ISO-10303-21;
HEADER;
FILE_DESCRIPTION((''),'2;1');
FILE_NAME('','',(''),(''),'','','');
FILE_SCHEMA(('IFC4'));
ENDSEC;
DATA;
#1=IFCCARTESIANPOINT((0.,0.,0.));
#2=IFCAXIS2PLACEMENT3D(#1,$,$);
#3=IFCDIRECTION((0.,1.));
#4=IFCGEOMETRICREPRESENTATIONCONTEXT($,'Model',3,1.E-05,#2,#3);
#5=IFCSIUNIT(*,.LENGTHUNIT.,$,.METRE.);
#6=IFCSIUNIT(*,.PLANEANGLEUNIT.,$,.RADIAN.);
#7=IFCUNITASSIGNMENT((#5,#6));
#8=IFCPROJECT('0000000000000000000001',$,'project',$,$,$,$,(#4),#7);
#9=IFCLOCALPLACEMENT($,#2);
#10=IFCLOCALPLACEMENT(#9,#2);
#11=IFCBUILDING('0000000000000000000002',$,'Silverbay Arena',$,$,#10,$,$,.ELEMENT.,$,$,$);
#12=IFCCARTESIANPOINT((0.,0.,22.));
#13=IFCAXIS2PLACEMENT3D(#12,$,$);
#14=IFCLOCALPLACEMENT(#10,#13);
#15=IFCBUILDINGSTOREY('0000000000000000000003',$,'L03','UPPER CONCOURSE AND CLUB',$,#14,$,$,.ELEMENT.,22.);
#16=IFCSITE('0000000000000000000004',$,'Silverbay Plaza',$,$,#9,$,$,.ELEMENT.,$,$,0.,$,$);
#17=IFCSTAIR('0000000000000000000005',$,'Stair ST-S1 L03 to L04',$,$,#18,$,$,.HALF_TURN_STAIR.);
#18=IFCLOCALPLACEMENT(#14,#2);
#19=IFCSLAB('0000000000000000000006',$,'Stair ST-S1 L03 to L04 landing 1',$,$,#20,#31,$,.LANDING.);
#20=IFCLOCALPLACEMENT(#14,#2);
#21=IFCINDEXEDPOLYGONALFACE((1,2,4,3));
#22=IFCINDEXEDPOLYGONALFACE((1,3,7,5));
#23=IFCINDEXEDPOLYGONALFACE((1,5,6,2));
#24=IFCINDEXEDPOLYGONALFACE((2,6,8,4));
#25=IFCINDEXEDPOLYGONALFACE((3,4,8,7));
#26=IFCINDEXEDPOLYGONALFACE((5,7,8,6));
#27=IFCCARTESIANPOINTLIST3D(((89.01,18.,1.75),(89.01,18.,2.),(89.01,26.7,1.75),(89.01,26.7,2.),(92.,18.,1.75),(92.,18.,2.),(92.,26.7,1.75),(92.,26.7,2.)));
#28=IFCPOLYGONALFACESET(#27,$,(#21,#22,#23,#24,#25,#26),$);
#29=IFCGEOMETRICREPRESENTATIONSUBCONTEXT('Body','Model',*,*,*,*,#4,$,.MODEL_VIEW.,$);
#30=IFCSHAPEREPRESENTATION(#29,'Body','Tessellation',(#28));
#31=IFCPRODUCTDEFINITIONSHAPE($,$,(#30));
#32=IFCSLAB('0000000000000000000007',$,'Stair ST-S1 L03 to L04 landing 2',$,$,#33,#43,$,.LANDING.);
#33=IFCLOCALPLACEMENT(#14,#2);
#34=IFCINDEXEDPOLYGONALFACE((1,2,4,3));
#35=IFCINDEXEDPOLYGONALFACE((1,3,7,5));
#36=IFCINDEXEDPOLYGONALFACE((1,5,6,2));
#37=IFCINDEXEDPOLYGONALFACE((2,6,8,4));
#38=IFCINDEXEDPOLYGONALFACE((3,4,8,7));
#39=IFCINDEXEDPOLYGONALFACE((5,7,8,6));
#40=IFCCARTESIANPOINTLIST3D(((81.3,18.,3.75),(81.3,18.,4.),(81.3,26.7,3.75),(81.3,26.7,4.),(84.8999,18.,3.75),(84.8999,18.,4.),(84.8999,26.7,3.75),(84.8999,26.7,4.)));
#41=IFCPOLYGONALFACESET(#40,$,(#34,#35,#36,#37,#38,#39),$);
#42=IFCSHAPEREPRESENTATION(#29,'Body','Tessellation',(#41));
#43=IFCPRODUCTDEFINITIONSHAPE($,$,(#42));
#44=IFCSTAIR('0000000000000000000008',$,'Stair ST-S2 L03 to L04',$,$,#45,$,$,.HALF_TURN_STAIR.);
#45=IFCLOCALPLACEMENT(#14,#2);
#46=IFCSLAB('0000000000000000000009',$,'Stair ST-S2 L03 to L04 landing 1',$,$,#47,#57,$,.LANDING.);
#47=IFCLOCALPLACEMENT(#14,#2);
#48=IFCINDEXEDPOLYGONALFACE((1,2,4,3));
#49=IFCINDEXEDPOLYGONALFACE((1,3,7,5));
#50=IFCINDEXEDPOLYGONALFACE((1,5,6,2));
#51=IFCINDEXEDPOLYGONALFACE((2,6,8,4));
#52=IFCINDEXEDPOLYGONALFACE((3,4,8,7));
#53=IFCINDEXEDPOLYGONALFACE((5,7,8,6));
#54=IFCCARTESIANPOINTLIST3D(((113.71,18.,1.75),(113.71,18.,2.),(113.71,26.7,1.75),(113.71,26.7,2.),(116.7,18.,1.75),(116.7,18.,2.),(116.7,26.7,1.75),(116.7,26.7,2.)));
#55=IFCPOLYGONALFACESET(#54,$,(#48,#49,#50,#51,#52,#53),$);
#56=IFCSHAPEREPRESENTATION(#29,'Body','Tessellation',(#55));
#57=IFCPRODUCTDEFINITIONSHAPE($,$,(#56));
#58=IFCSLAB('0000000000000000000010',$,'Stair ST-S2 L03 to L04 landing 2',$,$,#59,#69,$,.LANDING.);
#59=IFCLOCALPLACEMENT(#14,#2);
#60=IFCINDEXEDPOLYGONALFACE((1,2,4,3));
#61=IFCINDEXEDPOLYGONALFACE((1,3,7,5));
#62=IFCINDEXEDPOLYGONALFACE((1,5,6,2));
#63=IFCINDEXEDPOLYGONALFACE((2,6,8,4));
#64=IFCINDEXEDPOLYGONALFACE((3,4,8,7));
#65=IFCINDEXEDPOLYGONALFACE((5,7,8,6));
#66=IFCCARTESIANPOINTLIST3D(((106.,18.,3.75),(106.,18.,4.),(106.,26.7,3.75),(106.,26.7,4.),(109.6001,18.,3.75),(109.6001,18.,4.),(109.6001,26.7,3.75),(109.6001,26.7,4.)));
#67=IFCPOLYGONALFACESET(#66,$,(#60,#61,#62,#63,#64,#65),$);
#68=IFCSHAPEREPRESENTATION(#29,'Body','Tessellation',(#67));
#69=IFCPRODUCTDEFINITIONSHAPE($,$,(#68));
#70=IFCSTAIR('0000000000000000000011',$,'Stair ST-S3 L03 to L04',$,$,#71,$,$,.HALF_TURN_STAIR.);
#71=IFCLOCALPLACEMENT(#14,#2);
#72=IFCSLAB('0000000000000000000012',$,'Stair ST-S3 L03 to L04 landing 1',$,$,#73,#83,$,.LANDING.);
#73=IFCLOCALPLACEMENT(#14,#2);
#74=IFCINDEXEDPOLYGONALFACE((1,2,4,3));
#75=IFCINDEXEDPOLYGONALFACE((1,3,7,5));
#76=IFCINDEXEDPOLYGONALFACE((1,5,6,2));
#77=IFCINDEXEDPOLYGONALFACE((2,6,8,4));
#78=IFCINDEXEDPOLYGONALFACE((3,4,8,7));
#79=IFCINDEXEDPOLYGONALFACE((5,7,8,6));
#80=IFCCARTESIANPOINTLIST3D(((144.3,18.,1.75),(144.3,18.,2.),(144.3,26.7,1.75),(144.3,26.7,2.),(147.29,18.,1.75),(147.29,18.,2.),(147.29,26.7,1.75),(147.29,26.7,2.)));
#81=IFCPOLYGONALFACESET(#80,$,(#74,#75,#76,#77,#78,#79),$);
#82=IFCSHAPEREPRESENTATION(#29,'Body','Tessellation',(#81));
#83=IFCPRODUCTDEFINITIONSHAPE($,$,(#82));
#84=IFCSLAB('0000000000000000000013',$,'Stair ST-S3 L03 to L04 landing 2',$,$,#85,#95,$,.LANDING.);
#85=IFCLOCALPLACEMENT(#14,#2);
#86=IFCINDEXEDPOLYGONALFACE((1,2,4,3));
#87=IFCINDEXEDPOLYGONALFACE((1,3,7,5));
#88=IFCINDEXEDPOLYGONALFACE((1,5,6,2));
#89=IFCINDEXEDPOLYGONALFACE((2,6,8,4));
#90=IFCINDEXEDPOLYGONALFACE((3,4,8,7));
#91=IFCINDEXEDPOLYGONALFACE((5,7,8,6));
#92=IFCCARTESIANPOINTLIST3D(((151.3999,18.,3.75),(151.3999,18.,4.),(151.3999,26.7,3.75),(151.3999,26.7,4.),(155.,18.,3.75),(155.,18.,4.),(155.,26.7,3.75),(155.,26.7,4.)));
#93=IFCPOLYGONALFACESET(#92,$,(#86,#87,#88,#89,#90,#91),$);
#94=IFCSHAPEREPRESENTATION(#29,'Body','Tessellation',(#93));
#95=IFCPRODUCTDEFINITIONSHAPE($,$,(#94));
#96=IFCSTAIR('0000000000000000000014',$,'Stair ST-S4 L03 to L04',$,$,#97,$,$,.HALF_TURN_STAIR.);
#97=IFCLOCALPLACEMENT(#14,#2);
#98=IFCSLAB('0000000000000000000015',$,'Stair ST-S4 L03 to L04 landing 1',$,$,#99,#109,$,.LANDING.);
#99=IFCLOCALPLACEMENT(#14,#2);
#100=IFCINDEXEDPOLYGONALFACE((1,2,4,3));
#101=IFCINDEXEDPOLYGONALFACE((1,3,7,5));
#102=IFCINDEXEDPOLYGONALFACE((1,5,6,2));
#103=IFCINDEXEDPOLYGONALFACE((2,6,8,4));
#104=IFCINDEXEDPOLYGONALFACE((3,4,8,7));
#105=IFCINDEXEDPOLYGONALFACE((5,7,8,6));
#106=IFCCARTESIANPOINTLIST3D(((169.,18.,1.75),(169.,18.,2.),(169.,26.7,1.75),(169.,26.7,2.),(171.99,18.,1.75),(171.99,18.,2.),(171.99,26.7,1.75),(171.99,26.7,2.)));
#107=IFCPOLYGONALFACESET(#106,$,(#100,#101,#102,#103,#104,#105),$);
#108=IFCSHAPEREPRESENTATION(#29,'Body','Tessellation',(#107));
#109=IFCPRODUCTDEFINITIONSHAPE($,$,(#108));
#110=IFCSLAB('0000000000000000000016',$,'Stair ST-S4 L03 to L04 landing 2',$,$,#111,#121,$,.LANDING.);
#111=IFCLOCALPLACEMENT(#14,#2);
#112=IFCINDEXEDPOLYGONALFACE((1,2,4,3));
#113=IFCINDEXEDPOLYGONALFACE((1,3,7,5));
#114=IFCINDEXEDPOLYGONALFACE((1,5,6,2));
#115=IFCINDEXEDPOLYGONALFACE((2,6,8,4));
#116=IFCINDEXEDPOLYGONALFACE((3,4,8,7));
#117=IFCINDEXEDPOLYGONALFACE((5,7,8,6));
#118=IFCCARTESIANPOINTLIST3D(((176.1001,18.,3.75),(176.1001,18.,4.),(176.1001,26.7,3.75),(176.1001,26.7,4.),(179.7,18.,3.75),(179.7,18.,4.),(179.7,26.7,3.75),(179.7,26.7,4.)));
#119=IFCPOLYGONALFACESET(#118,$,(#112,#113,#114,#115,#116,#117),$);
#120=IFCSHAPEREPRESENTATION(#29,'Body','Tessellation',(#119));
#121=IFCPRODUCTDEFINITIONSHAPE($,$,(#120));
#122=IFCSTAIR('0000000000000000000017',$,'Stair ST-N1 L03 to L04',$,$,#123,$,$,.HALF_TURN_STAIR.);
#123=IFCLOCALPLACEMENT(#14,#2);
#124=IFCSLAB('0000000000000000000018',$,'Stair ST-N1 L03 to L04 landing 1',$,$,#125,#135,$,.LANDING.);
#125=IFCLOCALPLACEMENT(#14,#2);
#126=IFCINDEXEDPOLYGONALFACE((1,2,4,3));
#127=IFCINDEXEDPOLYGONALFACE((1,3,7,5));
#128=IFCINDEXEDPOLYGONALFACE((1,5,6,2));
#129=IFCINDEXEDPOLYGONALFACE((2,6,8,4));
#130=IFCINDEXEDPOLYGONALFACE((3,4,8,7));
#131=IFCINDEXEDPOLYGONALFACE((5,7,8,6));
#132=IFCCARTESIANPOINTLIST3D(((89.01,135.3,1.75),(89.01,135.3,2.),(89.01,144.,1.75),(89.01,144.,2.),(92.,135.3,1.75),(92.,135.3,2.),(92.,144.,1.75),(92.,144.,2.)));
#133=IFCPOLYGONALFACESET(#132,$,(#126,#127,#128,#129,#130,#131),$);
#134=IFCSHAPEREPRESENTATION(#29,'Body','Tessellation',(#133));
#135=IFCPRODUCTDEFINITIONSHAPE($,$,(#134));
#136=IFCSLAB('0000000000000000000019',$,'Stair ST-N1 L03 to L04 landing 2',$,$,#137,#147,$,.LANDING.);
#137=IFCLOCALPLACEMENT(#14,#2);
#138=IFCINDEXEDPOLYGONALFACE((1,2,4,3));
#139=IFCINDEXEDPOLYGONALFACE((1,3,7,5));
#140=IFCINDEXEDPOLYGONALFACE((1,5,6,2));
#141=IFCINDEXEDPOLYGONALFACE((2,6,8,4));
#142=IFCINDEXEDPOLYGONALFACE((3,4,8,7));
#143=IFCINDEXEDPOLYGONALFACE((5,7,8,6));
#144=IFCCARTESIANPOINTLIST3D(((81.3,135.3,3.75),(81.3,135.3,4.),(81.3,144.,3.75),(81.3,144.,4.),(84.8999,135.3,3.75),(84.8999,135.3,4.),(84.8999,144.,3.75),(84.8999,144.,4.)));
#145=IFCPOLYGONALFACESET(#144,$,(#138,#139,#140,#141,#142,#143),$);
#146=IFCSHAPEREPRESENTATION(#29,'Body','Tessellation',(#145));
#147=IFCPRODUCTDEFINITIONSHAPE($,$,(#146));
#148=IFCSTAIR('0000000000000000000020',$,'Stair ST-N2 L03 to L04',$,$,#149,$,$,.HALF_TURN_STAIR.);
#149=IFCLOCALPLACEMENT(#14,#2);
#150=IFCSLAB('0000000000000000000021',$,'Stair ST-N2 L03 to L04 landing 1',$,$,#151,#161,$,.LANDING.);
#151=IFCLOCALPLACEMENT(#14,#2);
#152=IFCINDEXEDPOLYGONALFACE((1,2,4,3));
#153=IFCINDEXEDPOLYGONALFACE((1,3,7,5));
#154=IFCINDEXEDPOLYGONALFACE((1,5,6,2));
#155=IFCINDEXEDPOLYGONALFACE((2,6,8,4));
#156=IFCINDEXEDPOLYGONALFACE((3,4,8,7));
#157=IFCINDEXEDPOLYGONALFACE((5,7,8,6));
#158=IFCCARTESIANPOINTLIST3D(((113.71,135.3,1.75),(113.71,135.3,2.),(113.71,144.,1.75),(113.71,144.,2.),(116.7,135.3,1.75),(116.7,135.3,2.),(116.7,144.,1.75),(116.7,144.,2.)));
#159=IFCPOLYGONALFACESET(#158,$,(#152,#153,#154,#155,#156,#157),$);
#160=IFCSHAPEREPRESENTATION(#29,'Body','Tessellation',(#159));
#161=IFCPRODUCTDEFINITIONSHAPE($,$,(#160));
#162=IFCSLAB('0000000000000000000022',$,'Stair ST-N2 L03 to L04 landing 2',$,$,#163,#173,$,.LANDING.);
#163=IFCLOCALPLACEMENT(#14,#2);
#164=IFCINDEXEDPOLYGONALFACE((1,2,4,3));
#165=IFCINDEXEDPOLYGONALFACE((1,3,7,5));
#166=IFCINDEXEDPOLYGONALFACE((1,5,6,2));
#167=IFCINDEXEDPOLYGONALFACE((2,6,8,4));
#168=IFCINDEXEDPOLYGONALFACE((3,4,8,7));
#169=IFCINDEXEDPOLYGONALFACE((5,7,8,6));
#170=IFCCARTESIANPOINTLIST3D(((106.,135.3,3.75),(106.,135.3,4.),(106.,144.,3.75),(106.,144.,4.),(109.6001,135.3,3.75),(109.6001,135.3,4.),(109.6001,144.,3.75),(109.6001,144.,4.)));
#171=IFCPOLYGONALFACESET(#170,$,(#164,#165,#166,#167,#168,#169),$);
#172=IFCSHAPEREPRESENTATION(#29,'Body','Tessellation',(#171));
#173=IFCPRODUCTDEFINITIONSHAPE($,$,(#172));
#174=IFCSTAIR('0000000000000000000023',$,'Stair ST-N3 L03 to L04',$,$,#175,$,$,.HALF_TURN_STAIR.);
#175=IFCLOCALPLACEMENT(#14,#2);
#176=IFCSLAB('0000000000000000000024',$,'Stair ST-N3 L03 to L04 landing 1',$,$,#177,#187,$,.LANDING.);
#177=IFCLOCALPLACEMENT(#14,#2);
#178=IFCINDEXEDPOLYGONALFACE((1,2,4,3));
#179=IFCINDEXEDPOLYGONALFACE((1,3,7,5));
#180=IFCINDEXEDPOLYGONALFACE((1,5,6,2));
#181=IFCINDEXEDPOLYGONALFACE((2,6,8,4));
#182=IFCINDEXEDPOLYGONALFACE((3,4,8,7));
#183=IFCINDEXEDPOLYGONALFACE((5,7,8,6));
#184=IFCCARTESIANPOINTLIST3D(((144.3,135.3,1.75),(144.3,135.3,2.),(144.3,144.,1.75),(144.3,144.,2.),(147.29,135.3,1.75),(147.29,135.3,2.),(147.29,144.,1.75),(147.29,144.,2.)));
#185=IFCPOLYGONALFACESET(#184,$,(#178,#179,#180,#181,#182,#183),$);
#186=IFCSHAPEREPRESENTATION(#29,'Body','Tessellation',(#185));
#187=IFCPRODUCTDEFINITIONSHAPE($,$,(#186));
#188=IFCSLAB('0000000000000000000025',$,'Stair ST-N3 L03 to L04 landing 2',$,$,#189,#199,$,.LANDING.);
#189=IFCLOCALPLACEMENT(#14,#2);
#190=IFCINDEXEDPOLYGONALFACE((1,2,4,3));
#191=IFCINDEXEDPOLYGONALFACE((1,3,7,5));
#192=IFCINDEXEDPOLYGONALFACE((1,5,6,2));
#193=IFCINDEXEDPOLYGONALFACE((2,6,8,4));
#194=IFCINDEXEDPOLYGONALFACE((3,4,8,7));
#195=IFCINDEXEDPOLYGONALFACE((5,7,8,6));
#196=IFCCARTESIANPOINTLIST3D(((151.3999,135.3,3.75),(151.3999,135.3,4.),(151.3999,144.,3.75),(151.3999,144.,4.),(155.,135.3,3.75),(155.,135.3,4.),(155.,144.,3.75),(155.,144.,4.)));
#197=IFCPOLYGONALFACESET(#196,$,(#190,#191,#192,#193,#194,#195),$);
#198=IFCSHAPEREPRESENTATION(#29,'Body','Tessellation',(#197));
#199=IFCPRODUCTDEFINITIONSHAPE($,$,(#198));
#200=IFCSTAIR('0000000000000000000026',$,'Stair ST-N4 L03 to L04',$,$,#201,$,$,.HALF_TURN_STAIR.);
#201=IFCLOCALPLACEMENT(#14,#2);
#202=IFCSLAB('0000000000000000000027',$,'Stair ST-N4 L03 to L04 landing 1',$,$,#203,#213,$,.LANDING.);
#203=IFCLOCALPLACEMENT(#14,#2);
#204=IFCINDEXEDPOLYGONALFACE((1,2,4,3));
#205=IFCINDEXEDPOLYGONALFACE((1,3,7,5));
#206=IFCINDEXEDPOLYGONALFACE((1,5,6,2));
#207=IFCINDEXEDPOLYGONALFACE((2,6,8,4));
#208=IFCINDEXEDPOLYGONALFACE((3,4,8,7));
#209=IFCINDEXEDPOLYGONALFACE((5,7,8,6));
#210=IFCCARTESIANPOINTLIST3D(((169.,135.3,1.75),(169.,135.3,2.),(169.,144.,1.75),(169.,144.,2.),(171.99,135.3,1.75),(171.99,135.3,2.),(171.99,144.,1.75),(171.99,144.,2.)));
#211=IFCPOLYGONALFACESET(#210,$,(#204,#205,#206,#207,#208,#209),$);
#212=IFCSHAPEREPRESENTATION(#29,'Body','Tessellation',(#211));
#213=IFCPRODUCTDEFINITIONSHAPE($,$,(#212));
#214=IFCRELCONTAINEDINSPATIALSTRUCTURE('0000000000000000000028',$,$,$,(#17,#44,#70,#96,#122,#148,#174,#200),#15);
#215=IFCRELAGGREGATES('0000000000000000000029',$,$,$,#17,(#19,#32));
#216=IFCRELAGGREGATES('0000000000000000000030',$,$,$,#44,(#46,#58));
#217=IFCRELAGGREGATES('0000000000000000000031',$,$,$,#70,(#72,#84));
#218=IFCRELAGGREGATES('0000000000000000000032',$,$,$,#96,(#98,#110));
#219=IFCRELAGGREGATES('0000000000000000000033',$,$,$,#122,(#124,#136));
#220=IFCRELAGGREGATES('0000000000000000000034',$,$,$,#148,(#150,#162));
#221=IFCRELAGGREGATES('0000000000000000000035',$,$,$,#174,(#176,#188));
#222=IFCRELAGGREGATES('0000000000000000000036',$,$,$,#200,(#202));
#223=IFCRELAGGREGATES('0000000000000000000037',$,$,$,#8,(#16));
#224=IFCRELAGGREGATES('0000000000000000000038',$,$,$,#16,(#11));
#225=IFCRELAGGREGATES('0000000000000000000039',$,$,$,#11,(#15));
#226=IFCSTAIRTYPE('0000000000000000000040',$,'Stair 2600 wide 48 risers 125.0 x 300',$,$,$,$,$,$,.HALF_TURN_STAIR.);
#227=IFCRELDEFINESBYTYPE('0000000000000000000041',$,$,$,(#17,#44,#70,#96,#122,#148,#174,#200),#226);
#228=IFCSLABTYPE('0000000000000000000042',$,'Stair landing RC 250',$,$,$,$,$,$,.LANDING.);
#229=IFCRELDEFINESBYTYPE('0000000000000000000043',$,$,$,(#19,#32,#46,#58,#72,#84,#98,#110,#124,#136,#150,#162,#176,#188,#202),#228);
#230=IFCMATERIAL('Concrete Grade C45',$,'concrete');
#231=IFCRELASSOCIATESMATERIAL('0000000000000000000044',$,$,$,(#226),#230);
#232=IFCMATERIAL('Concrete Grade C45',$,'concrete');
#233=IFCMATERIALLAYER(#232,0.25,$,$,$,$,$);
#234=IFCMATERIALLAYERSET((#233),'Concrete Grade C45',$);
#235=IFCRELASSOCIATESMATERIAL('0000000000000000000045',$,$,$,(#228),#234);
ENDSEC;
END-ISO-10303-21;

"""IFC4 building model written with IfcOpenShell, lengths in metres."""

from ifc_helpers import new_model, si_unit, direction, frame, origin, place, context, subcontext, project, spatial, polyline, outline, extrude, material, layer, layer_set, type_object, element, aggregate, save


model = new_model("IFC4")

# Units and contexts
model_context = context("Model", 3, precision=1e-05, world=origin(), true_north=direction((0.0, 1.0)))
body_context = subcontext(model_context, "Body", "Model", "MODEL_VIEW")
ifc_project = project(units=[si_unit("LENGTHUNIT", "METRE"), si_unit("PLANEANGLEUNIT", "RADIAN")], contexts=[model_context])

# Site, building, storey
site_placement = place(None, origin())
site = spatial("IfcSite", under=ifc_project, at=site_placement, Name="Silverbay Plaza", CompositionType="ELEMENT", RefElevation=0.0)
building_placement = place(site_placement, origin())
building = spatial("IfcBuilding", under=site, at=building_placement, Name="Silverbay Arena", CompositionType="ELEMENT")
storey_placement = place(building_placement, frame((0.0, 0.0, 22.0)))
storey = spatial("IfcBuildingStorey", under=building, at=storey_placement, Name="L03", Description="UPPER CONCOURSE AND CLUB", CompositionType="ELEMENT", Elevation=22.0)

# Stairs, slabs
ifc_material_1 = material(Name="Concrete Grade C45", Category="concrete")
stair_type = type_object("IfcStairType", Name="Stair 2600 wide 48 risers 125.0 x 300", PredefinedType="HALF_TURN_STAIR", material=ifc_material_1)
stair_1_placement = place(storey_placement, origin())
stair_1 = element("IfcStair", 1, at=stair_1_placement, inside=storey, type_object=stair_type, Name="Stair ST-S1 L03 to L04", PredefinedType="HALF_TURN_STAIR")
ifc_material_2 = material(Name="Concrete Grade C45", Category="concrete")
ifc_layer_1 = layer(ifc_material_2, 0.25)
ifc_layer_set_1 = layer_set([ifc_layer_1], Name="Concrete Grade C45")
slab_type = type_object("IfcSlabType", Name="Stair landing RC 250", PredefinedType="LANDING", material=ifc_layer_set_1)
slab_1_placement = place(storey_placement, frame((0.0, 0.0, 1.75)))
slab_1 = element("IfcSlab", 2, at=slab_1_placement, type_object=slab_type, Name="Stair ST-S1 L03 to L04 landing 1", PredefinedType="LANDING", context=body_context, shape_type="SweptSolid", body=[
    extrude(outline(polyline([(89.01, 26.7), (92.0, 26.7), (92.0, 18.0), (89.01, 18.0), (89.01, 26.7)])), origin(), (0.0, 0.0, 1.0), 0.25),
])
slab_2_placement = place(storey_placement, frame((0.0, 0.0, 3.75)))
slab_2 = element("IfcSlab", 3, at=slab_2_placement, type_object=slab_type, Name="Stair ST-S1 L03 to L04 landing 2", PredefinedType="LANDING", context=body_context, shape_type="SweptSolid", body=[
    extrude(outline(polyline([(81.3, 26.7), (84.8999, 26.7), (84.8999, 18.0), (81.3, 18.0), (81.3, 26.7)])), origin(), (0.0, 0.0, 1.0), 0.25),
])
aggregate(stair_1, [slab_1, slab_2])
stair_2_placement = place(storey_placement, origin())
stair_2 = element("IfcStair", 4, at=stair_2_placement, inside=storey, type_object=stair_type, Name="Stair ST-S2 L03 to L04", PredefinedType="HALF_TURN_STAIR")
slab_3_placement = place(storey_placement, frame((0.0, 0.0, 1.75)))
slab_3 = element("IfcSlab", 5, at=slab_3_placement, type_object=slab_type, Name="Stair ST-S2 L03 to L04 landing 1", PredefinedType="LANDING", context=body_context, shape_type="SweptSolid", body=[
    extrude(outline(polyline([(113.71, 26.7), (116.7, 26.7), (116.7, 18.0), (113.71, 18.0), (113.71, 26.7)])), origin(), (0.0, 0.0, 1.0), 0.25),
])
slab_4_placement = place(storey_placement, frame((0.0, 0.0, 3.75)))
slab_4 = element("IfcSlab", 6, at=slab_4_placement, type_object=slab_type, Name="Stair ST-S2 L03 to L04 landing 2", PredefinedType="LANDING", context=body_context, shape_type="SweptSolid", body=[
    extrude(outline(polyline([(106.0, 26.7), (109.6001, 26.7), (109.6001, 18.0), (106.0, 18.0), (106.0, 26.7)])), origin(), (0.0, 0.0, 1.0), 0.25),
])
aggregate(stair_2, [slab_3, slab_4])
stair_3_placement = place(storey_placement, origin())
stair_3 = element("IfcStair", 7, at=stair_3_placement, inside=storey, type_object=stair_type, Name="Stair ST-S3 L03 to L04", PredefinedType="HALF_TURN_STAIR")
slab_5_placement = place(storey_placement, frame((0.0, 0.0, 1.75)))
slab_5 = element("IfcSlab", 8, at=slab_5_placement, type_object=slab_type, Name="Stair ST-S3 L03 to L04 landing 1", PredefinedType="LANDING", context=body_context, shape_type="SweptSolid", body=[
    extrude(outline(polyline([(147.29, 26.7), (144.3, 26.7), (144.3, 18.0), (147.29, 18.0), (147.29, 26.7)])), origin(), (0.0, 0.0, 1.0), 0.25),
])
slab_6_placement = place(storey_placement, frame((0.0, 0.0, 3.75)))
slab_6 = element("IfcSlab", 9, at=slab_6_placement, type_object=slab_type, Name="Stair ST-S3 L03 to L04 landing 2", PredefinedType="LANDING", context=body_context, shape_type="SweptSolid", body=[
    extrude(outline(polyline([(155.0, 26.7), (151.3999, 26.7), (151.3999, 18.0), (155.0, 18.0), (155.0, 26.7)])), origin(), (0.0, 0.0, 1.0), 0.25),
])
aggregate(stair_3, [slab_5, slab_6])
stair_4_placement = place(storey_placement, origin())
stair_4 = element("IfcStair", 10, at=stair_4_placement, inside=storey, type_object=stair_type, Name="Stair ST-S4 L03 to L04", PredefinedType="HALF_TURN_STAIR")
slab_7_placement = place(storey_placement, frame((0.0, 0.0, 1.75)))
slab_7 = element("IfcSlab", 11, at=slab_7_placement, type_object=slab_type, Name="Stair ST-S4 L03 to L04 landing 1", PredefinedType="LANDING", context=body_context, shape_type="SweptSolid", body=[
    extrude(outline(polyline([(171.99, 26.7), (169.0, 26.7), (169.0, 18.0), (171.99, 18.0), (171.99, 26.7)])), origin(), (0.0, 0.0, 1.0), 0.25),
])
slab_8_placement = place(storey_placement, frame((0.0, 0.0, 3.75)))
slab_8 = element("IfcSlab", 12, at=slab_8_placement, type_object=slab_type, Name="Stair ST-S4 L03 to L04 landing 2", PredefinedType="LANDING", context=body_context, shape_type="SweptSolid", body=[
    extrude(outline(polyline([(179.7, 26.7), (176.1001, 26.7), (176.1001, 18.0), (179.7, 18.0), (179.7, 26.7)])), origin(), (0.0, 0.0, 1.0), 0.25),
])
aggregate(stair_4, [slab_7, slab_8])
stair_5_placement = place(storey_placement, origin())
stair_5 = element("IfcStair", 13, at=stair_5_placement, inside=storey, type_object=stair_type, Name="Stair ST-N1 L03 to L04", PredefinedType="HALF_TURN_STAIR")
slab_9_placement = place(storey_placement, frame((0.0, 0.0, 1.75)))
slab_9 = element("IfcSlab", 14, at=slab_9_placement, type_object=slab_type, Name="Stair ST-N1 L03 to L04 landing 1", PredefinedType="LANDING", context=body_context, shape_type="SweptSolid", body=[
    extrude(outline(polyline([(89.01, 135.3), (92.0, 135.3), (92.0, 144.0), (89.01, 144.0), (89.01, 135.3)])), origin(), (0.0, 0.0, 1.0), 0.25),
])
slab_10_placement = place(storey_placement, frame((0.0, 0.0, 3.75)))
slab_10 = element("IfcSlab", 15, at=slab_10_placement, type_object=slab_type, Name="Stair ST-N1 L03 to L04 landing 2", PredefinedType="LANDING", context=body_context, shape_type="SweptSolid", body=[
    extrude(outline(polyline([(81.3, 135.3), (84.8999, 135.3), (84.8999, 144.0), (81.3, 144.0), (81.3, 135.3)])), origin(), (0.0, 0.0, 1.0), 0.25),
])
aggregate(stair_5, [slab_9, slab_10])
stair_6_placement = place(storey_placement, origin())
stair_6 = element("IfcStair", 16, at=stair_6_placement, inside=storey, type_object=stair_type, Name="Stair ST-N2 L03 to L04", PredefinedType="HALF_TURN_STAIR")
slab_11_placement = place(storey_placement, frame((0.0, 0.0, 1.75)))
slab_11 = element("IfcSlab", 17, at=slab_11_placement, type_object=slab_type, Name="Stair ST-N2 L03 to L04 landing 1", PredefinedType="LANDING", context=body_context, shape_type="SweptSolid", body=[
    extrude(outline(polyline([(113.71, 135.3), (116.7, 135.3), (116.7, 144.0), (113.71, 144.0), (113.71, 135.3)])), origin(), (0.0, 0.0, 1.0), 0.25),
])
slab_12_placement = place(storey_placement, frame((0.0, 0.0, 3.75)))
slab_12 = element("IfcSlab", 18, at=slab_12_placement, type_object=slab_type, Name="Stair ST-N2 L03 to L04 landing 2", PredefinedType="LANDING", context=body_context, shape_type="SweptSolid", body=[
    extrude(outline(polyline([(106.0, 135.3), (109.6001, 135.3), (109.6001, 144.0), (106.0, 144.0), (106.0, 135.3)])), origin(), (0.0, 0.0, 1.0), 0.25),
])
aggregate(stair_6, [slab_11, slab_12])
stair_7_placement = place(storey_placement, origin())
stair_7 = element("IfcStair", 19, at=stair_7_placement, inside=storey, type_object=stair_type, Name="Stair ST-N3 L03 to L04", PredefinedType="HALF_TURN_STAIR")
slab_13_placement = place(storey_placement, frame((0.0, 0.0, 1.75)))
slab_13 = element("IfcSlab", 20, at=slab_13_placement, type_object=slab_type, Name="Stair ST-N3 L03 to L04 landing 1", PredefinedType="LANDING", context=body_context, shape_type="SweptSolid", body=[
    extrude(outline(polyline([(147.29, 135.3), (144.3, 135.3), (144.3, 144.0), (147.29, 144.0), (147.29, 135.3)])), origin(), (0.0, 0.0, 1.0), 0.25),
])
slab_14_placement = place(storey_placement, frame((0.0, 0.0, 3.75)))
slab_14 = element("IfcSlab", 21, at=slab_14_placement, type_object=slab_type, Name="Stair ST-N3 L03 to L04 landing 2", PredefinedType="LANDING", context=body_context, shape_type="SweptSolid", body=[
    extrude(outline(polyline([(155.0, 135.3), (151.3999, 135.3), (151.3999, 144.0), (155.0, 144.0), (155.0, 135.3)])), origin(), (0.0, 0.0, 1.0), 0.25),
])
aggregate(stair_7, [slab_13, slab_14])
stair_8_placement = place(storey_placement, origin())
stair_8 = element("IfcStair", 22, at=stair_8_placement, inside=storey, type_object=stair_type, Name="Stair ST-N4 L03 to L04", PredefinedType="HALF_TURN_STAIR")
slab_15_placement = place(storey_placement, frame((0.0, 0.0, 1.75)))
slab_15 = element("IfcSlab", 23, at=slab_15_placement, type_object=slab_type, Name="Stair ST-N4 L03 to L04 landing 1", PredefinedType="LANDING", context=body_context, shape_type="SweptSolid", body=[
    extrude(outline(polyline([(171.99, 135.3), (169.0, 135.3), (169.0, 144.0), (171.99, 144.0), (171.99, 135.3)])), origin(), (0.0, 0.0, 1.0), 0.25),
])
aggregate(stair_8, [slab_15])

save(model, "model.ifc")
